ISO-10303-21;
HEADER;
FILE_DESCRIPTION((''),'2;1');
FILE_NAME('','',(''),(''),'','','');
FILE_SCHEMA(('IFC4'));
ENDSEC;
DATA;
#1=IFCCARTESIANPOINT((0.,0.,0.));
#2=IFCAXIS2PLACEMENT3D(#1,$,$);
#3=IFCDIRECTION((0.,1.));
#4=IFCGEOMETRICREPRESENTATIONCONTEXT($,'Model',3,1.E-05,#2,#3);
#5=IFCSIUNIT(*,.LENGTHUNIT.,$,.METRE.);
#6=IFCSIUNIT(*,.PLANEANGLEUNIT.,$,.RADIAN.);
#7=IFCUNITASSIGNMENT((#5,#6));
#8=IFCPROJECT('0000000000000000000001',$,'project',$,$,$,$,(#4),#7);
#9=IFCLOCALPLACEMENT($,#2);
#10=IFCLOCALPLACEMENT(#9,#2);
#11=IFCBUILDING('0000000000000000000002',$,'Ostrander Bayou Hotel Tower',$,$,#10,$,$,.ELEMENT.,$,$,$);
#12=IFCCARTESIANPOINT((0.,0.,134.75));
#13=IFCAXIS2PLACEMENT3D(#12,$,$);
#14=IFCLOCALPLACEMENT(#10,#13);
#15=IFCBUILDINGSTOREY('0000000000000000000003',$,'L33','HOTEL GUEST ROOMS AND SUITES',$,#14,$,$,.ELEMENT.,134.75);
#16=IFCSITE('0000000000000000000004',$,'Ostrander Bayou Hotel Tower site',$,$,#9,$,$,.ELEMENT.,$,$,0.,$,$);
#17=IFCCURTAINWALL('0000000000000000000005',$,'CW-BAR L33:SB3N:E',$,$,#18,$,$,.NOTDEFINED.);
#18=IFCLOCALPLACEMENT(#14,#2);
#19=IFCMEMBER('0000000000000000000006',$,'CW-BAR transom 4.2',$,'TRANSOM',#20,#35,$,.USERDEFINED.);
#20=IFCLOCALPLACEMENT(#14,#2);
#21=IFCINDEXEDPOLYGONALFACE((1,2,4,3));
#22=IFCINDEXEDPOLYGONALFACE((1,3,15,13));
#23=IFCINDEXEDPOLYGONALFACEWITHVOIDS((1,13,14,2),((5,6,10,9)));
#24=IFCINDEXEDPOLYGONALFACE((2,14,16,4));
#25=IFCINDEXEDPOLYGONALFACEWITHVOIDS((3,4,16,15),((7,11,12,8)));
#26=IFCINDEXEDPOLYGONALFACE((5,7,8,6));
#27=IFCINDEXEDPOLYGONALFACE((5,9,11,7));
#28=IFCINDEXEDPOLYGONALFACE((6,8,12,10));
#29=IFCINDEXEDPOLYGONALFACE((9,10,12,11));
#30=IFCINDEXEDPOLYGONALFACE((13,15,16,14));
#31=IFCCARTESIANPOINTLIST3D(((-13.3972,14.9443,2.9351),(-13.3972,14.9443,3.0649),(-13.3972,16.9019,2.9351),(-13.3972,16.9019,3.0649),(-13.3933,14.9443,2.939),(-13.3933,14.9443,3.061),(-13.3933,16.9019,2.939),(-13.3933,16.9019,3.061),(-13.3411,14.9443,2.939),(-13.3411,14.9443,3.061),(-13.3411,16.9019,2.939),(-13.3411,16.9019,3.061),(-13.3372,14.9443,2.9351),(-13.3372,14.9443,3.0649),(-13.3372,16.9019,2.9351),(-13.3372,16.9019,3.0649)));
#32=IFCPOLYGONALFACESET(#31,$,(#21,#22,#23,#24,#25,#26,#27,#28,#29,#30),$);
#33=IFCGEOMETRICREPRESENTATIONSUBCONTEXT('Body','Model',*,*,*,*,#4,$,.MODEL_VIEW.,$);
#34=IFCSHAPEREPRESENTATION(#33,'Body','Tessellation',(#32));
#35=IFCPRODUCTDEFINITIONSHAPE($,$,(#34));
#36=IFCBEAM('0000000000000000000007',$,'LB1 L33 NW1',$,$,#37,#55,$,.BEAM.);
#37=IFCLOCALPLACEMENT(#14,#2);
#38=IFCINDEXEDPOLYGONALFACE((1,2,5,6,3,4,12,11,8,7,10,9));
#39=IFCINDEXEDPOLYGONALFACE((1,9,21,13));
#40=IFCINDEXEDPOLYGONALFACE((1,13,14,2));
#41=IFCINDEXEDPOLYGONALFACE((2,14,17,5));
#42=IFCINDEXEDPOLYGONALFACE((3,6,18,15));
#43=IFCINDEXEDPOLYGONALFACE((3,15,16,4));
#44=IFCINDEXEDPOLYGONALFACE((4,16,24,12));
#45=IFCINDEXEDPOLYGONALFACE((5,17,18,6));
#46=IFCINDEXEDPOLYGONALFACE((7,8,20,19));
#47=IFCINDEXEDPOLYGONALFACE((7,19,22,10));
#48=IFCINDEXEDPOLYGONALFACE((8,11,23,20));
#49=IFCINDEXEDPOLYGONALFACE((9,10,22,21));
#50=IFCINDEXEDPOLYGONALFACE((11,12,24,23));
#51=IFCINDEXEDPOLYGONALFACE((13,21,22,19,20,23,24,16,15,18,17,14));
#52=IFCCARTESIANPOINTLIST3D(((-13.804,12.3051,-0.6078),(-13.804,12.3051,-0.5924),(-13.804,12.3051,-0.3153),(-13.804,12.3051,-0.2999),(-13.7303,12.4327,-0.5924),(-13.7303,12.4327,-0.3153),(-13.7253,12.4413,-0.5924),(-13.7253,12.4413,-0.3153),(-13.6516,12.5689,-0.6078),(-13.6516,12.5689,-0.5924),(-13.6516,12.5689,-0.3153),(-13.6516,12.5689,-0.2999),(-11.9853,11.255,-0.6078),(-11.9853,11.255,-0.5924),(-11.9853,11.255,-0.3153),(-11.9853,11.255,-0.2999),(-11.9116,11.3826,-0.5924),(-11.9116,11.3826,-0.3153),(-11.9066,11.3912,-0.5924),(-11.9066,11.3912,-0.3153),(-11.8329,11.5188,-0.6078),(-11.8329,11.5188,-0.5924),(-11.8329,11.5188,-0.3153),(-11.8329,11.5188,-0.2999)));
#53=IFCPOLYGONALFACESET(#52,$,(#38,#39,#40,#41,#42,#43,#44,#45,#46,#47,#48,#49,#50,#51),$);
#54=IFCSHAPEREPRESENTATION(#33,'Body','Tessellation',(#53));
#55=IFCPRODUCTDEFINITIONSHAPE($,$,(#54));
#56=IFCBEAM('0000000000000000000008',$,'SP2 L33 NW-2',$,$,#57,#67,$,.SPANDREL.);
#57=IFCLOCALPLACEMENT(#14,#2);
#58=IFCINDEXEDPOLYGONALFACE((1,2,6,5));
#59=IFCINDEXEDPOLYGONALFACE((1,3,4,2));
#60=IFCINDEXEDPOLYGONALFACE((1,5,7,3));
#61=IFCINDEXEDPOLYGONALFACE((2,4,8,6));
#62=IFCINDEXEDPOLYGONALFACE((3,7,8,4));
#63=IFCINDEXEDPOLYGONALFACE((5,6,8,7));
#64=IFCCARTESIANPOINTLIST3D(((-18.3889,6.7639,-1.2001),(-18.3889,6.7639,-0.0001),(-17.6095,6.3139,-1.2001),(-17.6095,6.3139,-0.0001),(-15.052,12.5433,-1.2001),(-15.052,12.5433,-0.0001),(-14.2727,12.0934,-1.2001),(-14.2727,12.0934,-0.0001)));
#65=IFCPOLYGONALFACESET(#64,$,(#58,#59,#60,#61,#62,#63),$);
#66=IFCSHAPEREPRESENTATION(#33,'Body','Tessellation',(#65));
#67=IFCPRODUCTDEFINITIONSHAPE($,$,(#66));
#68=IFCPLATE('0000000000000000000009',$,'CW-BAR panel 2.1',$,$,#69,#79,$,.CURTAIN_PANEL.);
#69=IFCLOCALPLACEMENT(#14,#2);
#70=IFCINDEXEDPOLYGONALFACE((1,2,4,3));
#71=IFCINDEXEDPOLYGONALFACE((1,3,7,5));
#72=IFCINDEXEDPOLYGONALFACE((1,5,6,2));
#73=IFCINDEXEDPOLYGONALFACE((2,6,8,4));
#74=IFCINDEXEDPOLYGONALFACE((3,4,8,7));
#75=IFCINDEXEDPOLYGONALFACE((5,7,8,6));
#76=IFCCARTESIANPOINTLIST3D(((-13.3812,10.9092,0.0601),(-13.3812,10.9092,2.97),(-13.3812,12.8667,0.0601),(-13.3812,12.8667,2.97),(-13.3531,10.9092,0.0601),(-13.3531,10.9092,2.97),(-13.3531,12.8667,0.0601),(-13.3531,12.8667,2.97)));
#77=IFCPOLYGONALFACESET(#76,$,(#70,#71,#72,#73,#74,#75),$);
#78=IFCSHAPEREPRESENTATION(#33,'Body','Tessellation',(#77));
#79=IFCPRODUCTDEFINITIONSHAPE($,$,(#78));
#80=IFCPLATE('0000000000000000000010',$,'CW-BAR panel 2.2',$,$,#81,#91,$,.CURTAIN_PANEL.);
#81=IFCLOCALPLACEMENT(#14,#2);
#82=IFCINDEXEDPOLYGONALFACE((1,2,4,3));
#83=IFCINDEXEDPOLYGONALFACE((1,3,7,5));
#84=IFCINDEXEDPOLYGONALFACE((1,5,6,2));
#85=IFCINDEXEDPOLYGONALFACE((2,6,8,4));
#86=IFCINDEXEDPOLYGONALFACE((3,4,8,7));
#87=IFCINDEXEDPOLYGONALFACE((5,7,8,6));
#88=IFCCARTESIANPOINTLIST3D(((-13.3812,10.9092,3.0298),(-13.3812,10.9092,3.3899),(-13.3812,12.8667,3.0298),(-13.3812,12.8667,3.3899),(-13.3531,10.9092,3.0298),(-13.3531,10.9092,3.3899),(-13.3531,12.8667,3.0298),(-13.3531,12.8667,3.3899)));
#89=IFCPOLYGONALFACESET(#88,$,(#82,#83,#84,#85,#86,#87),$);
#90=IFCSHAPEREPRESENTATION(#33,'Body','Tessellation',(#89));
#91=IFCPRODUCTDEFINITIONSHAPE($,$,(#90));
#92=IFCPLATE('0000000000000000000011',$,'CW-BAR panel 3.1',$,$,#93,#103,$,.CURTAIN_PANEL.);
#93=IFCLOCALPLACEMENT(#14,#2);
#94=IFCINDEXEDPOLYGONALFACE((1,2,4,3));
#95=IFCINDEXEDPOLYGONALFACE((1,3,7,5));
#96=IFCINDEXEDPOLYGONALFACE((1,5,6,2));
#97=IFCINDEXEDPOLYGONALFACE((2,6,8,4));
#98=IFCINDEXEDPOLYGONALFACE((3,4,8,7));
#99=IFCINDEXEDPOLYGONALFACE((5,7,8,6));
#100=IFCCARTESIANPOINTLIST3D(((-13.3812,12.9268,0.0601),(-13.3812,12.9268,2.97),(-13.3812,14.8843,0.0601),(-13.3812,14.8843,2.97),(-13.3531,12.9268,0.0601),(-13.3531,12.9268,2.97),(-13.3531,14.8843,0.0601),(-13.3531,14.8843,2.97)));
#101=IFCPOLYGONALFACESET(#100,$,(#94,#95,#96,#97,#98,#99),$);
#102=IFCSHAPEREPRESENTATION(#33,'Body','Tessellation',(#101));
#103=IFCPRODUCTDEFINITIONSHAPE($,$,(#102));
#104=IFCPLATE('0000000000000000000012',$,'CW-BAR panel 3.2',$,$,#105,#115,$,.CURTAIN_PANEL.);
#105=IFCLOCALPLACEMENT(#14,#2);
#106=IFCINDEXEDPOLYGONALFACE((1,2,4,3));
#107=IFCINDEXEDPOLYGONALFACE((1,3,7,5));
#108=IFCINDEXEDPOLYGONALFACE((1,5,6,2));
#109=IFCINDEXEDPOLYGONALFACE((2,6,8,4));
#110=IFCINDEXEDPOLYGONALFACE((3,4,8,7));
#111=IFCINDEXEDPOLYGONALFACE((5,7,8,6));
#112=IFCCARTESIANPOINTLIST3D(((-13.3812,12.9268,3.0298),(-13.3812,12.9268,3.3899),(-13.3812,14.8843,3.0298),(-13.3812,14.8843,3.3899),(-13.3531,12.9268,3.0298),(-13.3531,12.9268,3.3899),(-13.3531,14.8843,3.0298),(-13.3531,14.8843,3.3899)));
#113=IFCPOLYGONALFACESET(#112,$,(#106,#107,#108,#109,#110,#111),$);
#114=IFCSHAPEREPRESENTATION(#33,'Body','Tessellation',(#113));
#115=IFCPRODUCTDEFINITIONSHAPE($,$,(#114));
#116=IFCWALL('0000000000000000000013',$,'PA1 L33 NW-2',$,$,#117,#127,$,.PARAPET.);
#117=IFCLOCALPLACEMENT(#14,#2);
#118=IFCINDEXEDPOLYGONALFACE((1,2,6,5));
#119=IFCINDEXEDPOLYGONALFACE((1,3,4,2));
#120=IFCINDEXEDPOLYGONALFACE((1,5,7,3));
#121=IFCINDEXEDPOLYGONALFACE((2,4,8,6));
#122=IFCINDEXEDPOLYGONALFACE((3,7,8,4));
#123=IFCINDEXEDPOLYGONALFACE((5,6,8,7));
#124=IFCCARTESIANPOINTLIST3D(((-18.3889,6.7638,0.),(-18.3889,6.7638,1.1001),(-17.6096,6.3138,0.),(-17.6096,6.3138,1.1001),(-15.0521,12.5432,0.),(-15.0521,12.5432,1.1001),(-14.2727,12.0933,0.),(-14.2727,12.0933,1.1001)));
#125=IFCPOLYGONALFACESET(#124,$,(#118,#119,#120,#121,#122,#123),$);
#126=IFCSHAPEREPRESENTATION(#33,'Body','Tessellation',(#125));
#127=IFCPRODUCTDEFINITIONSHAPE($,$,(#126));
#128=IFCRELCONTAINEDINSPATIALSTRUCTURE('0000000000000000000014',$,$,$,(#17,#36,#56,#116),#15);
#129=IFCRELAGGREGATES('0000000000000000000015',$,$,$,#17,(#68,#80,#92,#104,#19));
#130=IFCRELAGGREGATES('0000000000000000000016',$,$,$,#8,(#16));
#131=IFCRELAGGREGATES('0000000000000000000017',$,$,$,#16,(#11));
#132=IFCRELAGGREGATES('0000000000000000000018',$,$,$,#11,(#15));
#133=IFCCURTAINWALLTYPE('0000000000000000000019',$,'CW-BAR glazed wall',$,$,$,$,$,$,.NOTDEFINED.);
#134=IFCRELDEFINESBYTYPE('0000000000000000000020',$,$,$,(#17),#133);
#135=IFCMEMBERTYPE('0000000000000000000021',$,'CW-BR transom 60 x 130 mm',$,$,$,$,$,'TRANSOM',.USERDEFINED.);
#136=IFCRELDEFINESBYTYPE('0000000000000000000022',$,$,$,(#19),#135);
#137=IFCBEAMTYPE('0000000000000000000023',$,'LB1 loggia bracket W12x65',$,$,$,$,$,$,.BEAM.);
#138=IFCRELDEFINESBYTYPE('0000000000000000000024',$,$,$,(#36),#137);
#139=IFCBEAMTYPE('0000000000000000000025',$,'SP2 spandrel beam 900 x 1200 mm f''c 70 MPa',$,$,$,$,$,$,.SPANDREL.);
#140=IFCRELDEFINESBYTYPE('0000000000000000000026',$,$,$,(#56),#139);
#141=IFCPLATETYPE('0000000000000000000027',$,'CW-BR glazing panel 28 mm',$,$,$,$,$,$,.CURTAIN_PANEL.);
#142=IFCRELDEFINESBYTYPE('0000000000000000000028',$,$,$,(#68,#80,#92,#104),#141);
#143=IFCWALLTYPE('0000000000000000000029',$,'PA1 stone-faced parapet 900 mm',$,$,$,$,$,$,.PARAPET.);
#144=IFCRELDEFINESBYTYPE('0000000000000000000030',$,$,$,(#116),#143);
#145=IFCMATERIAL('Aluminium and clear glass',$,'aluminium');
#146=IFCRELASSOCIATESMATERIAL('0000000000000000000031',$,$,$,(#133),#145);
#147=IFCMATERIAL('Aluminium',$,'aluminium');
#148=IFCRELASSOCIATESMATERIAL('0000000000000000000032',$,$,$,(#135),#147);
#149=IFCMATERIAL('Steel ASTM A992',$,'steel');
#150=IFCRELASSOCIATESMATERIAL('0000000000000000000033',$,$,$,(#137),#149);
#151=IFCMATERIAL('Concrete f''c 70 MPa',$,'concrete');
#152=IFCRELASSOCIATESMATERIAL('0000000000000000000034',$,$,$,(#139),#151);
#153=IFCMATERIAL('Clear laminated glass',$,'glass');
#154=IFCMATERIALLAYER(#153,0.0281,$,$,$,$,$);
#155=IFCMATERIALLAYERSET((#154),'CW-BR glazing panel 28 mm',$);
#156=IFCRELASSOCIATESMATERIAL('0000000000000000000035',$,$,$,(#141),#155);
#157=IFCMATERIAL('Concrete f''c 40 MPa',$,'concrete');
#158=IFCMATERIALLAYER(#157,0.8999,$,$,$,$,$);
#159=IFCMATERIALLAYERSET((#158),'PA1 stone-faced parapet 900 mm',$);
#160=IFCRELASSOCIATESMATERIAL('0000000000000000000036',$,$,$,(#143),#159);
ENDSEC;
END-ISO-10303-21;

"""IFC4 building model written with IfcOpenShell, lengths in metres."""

from ifc_helpers import new_model, si_unit, direction, frame, frame_2d, origin, origin_2d, place, context, subcontext, project, spatial, rectangle, hollow_rectangle, i_section, extrude, material, layer, layer_set, material_profile, profile_set, type_object, element, aggregate, save


model = new_model("IFC4")

# Units and contexts
model_context = context("Model", 3, precision=1e-05, world=origin(), true_north=direction((0.0, 1.0)))
body_context = subcontext(model_context, "Body", "Model", "MODEL_VIEW")
ifc_project = project(units=[si_unit("LENGTHUNIT", "METRE"), si_unit("PLANEANGLEUNIT", "RADIAN")], contexts=[model_context])

# Site, building, storey
site_placement = place(None, origin())
site = spatial("IfcSite", under=ifc_project, at=site_placement, Name="Ostrander Bayou Hotel Tower site", CompositionType="ELEMENT", RefElevation=0.0)
building_placement = place(site_placement, origin())
building = spatial("IfcBuilding", under=site, at=building_placement, Name="Ostrander Bayou Hotel Tower", CompositionType="ELEMENT")
storey_placement = place(building_placement, frame((0.0, 0.0, 134.75)))
storey = spatial("IfcBuildingStorey", under=building, at=storey_placement, Name="L33", Description="HOTEL GUEST ROOMS AND SUITES", CompositionType="ELEMENT", Elevation=134.75)

# Curtain wall, member
ifc_material_1 = material(Name="Aluminium and clear glass", Category="aluminium")
curtain_wall_type = type_object("IfcCurtainWallType", Name="CW-BAR glazed wall", PredefinedType="NOTDEFINED", material=ifc_material_1)
curtain_wall_placement = place(storey_placement, origin())
curtain_wall = element("IfcCurtainWall", 1, at=curtain_wall_placement, inside=storey, type_object=curtain_wall_type, Name="CW-BAR L33:SB3N:E", PredefinedType="NOTDEFINED")
ifc_material_2 = material(Name="Aluminium", Category="aluminium")
ifc_material_profile_1 = material_profile(ifc_material_2, hollow_rectangle(XDim=0.0601, YDim=0.1299, WallThickness=0.0039, at=origin_2d()))
ifc_profile_set_1 = profile_set([ifc_material_profile_1], Name="Aluminium")
member_type_1 = type_object("IfcMemberType", Name="CW-BR transom 60 x 130 mm", ElementType="TRANSOM", PredefinedType="USERDEFINED", material=ifc_profile_set_1)
member_1_placement = place(storey_placement, frame((-13.3672, 14.9443, 3.0), z_axis=(0.0, 1.0, 0.0), x_axis=(-1.0, 0.0, 0.0)))
member_1 = element("IfcMember", 2, at=member_1_placement, type_object=member_type_1, Name="CW-BAR transom 4.2", ObjectType="TRANSOM", PredefinedType="USERDEFINED", context=body_context, shape_type="SweptSolid", body=[
    extrude(hollow_rectangle(XDim=0.0601, YDim=0.1299, WallThickness=0.0039, at=origin_2d()), origin(), (0.0, 0.0, 1.0), 1.9575),
])

# Beams
ifc_material_3 = material(Name="Steel ASTM A992", Category="steel")
ifc_material_profile_2 = material_profile(ifc_material_3, i_section(OverallWidth=0.3047, OverallDepth=0.3079, WebThickness=0.01, FlangeThickness=0.0154, at=origin_2d()))
ifc_profile_set_2 = profile_set([ifc_material_profile_2], Name="Steel ASTM A992")
beam_type_1 = type_object("IfcBeamType", Name="LB1 loggia bracket W12x65", PredefinedType="BEAM", material=ifc_profile_set_2)
beam_1_placement = place(storey_placement, frame((-13.7278, 12.437, -0.4539), z_axis=(0.866009, -0.500028, 0.0), x_axis=(0.500028, 0.866009, 0.0)))
element("IfcBeam", 3, at=beam_1_placement, inside=storey, type_object=beam_type_1, Name="LB1 L33 NW1", PredefinedType="BEAM", context=body_context, shape_type="SweptSolid", body=[
    extrude(i_section(OverallWidth=0.3047, OverallDepth=0.3079, WebThickness=0.01, FlangeThickness=0.0154, at=origin_2d()), origin(), (0.0, 0.0, 1.0), 2.1001),
])
ifc_material_4 = material(Name="Concrete f'c 70 MPa", Category="concrete")
ifc_material_profile_3 = material_profile(ifc_material_4, rectangle(XDim=0.8999, YDim=1.2, at=origin_2d()))
ifc_profile_set_3 = profile_set([ifc_material_profile_3], Name="Concrete f'c 70 MPa")
beam_type_2 = type_object("IfcBeamType", Name="SP2 spandrel beam 900 x 1200 mm f'c 70 MPa", PredefinedType="SPANDREL", material=ifc_profile_set_3)
beam_2_placement = place(storey_placement, frame((-14.6624, 12.3184, -0.6001), z_axis=(-0.500011, -0.866019, 0.0), x_axis=(0.866019, -0.500011, 0.0)))
element("IfcBeam", 4, at=beam_2_placement, inside=storey, type_object=beam_type_2, Name="SP2 L33 NW-2", PredefinedType="SPANDREL", context=body_context, shape_type="SweptSolid", body=[
    extrude(rectangle(XDim=0.8999, YDim=1.2, at=origin_2d()), origin(), (0.0, 0.0, 1.0), 6.6736),
])

# Plates
ifc_material_5 = material(Name="Clear laminated glass", Category="glass")
ifc_layer_1 = layer(ifc_material_5, 0.0281)
ifc_layer_set_1 = layer_set([ifc_layer_1], Name="CW-BR glazing panel 28 mm")
plate_type = type_object("IfcPlateType", Name="CW-BR glazing panel 28 mm", PredefinedType="CURTAIN_PANEL", material=ifc_layer_set_1)
plate_1_placement = place(storey_placement, frame((-13.3672, 11.8879, 0.0601), z_axis=(0.0, 0.0, 1.0), x_axis=(0.0, 1.0, 0.0)))
plate_1 = element("IfcPlate", 5, at=plate_1_placement, type_object=plate_type, Name="CW-BAR panel 2.1", PredefinedType="CURTAIN_PANEL", context=body_context, shape_type="SweptSolid", body=[
    extrude(rectangle(XDim=1.9575, YDim=0.0281, at=origin_2d()), origin(), (0.0, 0.0, 1.0), 2.9099),
])
plate_2_placement = place(storey_placement, frame((-13.3672, 11.8879, 3.0298), z_axis=(0.0, 0.0, 1.0), x_axis=(0.0, 1.0, 0.0)))
plate_2 = element("IfcPlate", 6, at=plate_2_placement, type_object=plate_type, Name="CW-BAR panel 2.2", PredefinedType="CURTAIN_PANEL", context=body_context, shape_type="SweptSolid", body=[
    extrude(rectangle(XDim=1.9575, YDim=0.0281, at=origin_2d()), origin(), (0.0, 0.0, 1.0), 0.3601),
])
plate_3_placement = place(storey_placement, frame((-13.3672, 13.9055, 0.0601), z_axis=(0.0, 0.0, 1.0), x_axis=(0.0, 1.0, 0.0)))
plate_3 = element("IfcPlate", 7, at=plate_3_placement, type_object=plate_type, Name="CW-BAR panel 3.1", PredefinedType="CURTAIN_PANEL", context=body_context, shape_type="SweptSolid", body=[
    extrude(rectangle(XDim=1.9575, YDim=0.0281, at=origin_2d()), origin(), (0.0, 0.0, 1.0), 2.9099),
])
plate_4_placement = place(storey_placement, frame((-13.3672, 13.9055, 3.0298), z_axis=(0.0, 0.0, 1.0), x_axis=(0.0, 1.0, 0.0)))
plate_4 = element("IfcPlate", 8, at=plate_4_placement, type_object=plate_type, Name="CW-BAR panel 3.2", PredefinedType="CURTAIN_PANEL", context=body_context, shape_type="SweptSolid", body=[
    extrude(rectangle(XDim=1.9575, YDim=0.0281, at=origin_2d()), origin(), (0.0, 0.0, 1.0), 0.3601),
])
aggregate(curtain_wall, [plate_1, plate_2, plate_3, plate_4, member_1])

# Wall
ifc_material_6 = material(Name="Concrete f'c 40 MPa", Category="concrete")
ifc_layer_2 = layer(ifc_material_6, 0.8999)
ifc_layer_set_2 = layer_set([ifc_layer_2], Name="PA1 stone-faced parapet 900 mm")
wall_type = type_object("IfcWallType", Name="PA1 stone-faced parapet 900 mm", PredefinedType="PARAPET", material=ifc_layer_set_2)
wall_placement = place(storey_placement, frame((-14.6624, 12.3184, 0.0), z_axis=(0.0, 0.0, 1.0), x_axis=(-0.500011, -0.866019, 0.0)))
element("IfcWall", 9, at=wall_placement, inside=storey, type_object=wall_type, Name="PA1 L33 NW-2", PredefinedType="PARAPET", context=body_context, shape_type="SweptSolid", body=[
    extrude(rectangle(XDim=6.6736, YDim=0.8999, at=frame_2d((3.3369, 0.0))), origin(), (0.0, 0.0, 1.0), 1.1001),
])

save(model, "model.ifc")
